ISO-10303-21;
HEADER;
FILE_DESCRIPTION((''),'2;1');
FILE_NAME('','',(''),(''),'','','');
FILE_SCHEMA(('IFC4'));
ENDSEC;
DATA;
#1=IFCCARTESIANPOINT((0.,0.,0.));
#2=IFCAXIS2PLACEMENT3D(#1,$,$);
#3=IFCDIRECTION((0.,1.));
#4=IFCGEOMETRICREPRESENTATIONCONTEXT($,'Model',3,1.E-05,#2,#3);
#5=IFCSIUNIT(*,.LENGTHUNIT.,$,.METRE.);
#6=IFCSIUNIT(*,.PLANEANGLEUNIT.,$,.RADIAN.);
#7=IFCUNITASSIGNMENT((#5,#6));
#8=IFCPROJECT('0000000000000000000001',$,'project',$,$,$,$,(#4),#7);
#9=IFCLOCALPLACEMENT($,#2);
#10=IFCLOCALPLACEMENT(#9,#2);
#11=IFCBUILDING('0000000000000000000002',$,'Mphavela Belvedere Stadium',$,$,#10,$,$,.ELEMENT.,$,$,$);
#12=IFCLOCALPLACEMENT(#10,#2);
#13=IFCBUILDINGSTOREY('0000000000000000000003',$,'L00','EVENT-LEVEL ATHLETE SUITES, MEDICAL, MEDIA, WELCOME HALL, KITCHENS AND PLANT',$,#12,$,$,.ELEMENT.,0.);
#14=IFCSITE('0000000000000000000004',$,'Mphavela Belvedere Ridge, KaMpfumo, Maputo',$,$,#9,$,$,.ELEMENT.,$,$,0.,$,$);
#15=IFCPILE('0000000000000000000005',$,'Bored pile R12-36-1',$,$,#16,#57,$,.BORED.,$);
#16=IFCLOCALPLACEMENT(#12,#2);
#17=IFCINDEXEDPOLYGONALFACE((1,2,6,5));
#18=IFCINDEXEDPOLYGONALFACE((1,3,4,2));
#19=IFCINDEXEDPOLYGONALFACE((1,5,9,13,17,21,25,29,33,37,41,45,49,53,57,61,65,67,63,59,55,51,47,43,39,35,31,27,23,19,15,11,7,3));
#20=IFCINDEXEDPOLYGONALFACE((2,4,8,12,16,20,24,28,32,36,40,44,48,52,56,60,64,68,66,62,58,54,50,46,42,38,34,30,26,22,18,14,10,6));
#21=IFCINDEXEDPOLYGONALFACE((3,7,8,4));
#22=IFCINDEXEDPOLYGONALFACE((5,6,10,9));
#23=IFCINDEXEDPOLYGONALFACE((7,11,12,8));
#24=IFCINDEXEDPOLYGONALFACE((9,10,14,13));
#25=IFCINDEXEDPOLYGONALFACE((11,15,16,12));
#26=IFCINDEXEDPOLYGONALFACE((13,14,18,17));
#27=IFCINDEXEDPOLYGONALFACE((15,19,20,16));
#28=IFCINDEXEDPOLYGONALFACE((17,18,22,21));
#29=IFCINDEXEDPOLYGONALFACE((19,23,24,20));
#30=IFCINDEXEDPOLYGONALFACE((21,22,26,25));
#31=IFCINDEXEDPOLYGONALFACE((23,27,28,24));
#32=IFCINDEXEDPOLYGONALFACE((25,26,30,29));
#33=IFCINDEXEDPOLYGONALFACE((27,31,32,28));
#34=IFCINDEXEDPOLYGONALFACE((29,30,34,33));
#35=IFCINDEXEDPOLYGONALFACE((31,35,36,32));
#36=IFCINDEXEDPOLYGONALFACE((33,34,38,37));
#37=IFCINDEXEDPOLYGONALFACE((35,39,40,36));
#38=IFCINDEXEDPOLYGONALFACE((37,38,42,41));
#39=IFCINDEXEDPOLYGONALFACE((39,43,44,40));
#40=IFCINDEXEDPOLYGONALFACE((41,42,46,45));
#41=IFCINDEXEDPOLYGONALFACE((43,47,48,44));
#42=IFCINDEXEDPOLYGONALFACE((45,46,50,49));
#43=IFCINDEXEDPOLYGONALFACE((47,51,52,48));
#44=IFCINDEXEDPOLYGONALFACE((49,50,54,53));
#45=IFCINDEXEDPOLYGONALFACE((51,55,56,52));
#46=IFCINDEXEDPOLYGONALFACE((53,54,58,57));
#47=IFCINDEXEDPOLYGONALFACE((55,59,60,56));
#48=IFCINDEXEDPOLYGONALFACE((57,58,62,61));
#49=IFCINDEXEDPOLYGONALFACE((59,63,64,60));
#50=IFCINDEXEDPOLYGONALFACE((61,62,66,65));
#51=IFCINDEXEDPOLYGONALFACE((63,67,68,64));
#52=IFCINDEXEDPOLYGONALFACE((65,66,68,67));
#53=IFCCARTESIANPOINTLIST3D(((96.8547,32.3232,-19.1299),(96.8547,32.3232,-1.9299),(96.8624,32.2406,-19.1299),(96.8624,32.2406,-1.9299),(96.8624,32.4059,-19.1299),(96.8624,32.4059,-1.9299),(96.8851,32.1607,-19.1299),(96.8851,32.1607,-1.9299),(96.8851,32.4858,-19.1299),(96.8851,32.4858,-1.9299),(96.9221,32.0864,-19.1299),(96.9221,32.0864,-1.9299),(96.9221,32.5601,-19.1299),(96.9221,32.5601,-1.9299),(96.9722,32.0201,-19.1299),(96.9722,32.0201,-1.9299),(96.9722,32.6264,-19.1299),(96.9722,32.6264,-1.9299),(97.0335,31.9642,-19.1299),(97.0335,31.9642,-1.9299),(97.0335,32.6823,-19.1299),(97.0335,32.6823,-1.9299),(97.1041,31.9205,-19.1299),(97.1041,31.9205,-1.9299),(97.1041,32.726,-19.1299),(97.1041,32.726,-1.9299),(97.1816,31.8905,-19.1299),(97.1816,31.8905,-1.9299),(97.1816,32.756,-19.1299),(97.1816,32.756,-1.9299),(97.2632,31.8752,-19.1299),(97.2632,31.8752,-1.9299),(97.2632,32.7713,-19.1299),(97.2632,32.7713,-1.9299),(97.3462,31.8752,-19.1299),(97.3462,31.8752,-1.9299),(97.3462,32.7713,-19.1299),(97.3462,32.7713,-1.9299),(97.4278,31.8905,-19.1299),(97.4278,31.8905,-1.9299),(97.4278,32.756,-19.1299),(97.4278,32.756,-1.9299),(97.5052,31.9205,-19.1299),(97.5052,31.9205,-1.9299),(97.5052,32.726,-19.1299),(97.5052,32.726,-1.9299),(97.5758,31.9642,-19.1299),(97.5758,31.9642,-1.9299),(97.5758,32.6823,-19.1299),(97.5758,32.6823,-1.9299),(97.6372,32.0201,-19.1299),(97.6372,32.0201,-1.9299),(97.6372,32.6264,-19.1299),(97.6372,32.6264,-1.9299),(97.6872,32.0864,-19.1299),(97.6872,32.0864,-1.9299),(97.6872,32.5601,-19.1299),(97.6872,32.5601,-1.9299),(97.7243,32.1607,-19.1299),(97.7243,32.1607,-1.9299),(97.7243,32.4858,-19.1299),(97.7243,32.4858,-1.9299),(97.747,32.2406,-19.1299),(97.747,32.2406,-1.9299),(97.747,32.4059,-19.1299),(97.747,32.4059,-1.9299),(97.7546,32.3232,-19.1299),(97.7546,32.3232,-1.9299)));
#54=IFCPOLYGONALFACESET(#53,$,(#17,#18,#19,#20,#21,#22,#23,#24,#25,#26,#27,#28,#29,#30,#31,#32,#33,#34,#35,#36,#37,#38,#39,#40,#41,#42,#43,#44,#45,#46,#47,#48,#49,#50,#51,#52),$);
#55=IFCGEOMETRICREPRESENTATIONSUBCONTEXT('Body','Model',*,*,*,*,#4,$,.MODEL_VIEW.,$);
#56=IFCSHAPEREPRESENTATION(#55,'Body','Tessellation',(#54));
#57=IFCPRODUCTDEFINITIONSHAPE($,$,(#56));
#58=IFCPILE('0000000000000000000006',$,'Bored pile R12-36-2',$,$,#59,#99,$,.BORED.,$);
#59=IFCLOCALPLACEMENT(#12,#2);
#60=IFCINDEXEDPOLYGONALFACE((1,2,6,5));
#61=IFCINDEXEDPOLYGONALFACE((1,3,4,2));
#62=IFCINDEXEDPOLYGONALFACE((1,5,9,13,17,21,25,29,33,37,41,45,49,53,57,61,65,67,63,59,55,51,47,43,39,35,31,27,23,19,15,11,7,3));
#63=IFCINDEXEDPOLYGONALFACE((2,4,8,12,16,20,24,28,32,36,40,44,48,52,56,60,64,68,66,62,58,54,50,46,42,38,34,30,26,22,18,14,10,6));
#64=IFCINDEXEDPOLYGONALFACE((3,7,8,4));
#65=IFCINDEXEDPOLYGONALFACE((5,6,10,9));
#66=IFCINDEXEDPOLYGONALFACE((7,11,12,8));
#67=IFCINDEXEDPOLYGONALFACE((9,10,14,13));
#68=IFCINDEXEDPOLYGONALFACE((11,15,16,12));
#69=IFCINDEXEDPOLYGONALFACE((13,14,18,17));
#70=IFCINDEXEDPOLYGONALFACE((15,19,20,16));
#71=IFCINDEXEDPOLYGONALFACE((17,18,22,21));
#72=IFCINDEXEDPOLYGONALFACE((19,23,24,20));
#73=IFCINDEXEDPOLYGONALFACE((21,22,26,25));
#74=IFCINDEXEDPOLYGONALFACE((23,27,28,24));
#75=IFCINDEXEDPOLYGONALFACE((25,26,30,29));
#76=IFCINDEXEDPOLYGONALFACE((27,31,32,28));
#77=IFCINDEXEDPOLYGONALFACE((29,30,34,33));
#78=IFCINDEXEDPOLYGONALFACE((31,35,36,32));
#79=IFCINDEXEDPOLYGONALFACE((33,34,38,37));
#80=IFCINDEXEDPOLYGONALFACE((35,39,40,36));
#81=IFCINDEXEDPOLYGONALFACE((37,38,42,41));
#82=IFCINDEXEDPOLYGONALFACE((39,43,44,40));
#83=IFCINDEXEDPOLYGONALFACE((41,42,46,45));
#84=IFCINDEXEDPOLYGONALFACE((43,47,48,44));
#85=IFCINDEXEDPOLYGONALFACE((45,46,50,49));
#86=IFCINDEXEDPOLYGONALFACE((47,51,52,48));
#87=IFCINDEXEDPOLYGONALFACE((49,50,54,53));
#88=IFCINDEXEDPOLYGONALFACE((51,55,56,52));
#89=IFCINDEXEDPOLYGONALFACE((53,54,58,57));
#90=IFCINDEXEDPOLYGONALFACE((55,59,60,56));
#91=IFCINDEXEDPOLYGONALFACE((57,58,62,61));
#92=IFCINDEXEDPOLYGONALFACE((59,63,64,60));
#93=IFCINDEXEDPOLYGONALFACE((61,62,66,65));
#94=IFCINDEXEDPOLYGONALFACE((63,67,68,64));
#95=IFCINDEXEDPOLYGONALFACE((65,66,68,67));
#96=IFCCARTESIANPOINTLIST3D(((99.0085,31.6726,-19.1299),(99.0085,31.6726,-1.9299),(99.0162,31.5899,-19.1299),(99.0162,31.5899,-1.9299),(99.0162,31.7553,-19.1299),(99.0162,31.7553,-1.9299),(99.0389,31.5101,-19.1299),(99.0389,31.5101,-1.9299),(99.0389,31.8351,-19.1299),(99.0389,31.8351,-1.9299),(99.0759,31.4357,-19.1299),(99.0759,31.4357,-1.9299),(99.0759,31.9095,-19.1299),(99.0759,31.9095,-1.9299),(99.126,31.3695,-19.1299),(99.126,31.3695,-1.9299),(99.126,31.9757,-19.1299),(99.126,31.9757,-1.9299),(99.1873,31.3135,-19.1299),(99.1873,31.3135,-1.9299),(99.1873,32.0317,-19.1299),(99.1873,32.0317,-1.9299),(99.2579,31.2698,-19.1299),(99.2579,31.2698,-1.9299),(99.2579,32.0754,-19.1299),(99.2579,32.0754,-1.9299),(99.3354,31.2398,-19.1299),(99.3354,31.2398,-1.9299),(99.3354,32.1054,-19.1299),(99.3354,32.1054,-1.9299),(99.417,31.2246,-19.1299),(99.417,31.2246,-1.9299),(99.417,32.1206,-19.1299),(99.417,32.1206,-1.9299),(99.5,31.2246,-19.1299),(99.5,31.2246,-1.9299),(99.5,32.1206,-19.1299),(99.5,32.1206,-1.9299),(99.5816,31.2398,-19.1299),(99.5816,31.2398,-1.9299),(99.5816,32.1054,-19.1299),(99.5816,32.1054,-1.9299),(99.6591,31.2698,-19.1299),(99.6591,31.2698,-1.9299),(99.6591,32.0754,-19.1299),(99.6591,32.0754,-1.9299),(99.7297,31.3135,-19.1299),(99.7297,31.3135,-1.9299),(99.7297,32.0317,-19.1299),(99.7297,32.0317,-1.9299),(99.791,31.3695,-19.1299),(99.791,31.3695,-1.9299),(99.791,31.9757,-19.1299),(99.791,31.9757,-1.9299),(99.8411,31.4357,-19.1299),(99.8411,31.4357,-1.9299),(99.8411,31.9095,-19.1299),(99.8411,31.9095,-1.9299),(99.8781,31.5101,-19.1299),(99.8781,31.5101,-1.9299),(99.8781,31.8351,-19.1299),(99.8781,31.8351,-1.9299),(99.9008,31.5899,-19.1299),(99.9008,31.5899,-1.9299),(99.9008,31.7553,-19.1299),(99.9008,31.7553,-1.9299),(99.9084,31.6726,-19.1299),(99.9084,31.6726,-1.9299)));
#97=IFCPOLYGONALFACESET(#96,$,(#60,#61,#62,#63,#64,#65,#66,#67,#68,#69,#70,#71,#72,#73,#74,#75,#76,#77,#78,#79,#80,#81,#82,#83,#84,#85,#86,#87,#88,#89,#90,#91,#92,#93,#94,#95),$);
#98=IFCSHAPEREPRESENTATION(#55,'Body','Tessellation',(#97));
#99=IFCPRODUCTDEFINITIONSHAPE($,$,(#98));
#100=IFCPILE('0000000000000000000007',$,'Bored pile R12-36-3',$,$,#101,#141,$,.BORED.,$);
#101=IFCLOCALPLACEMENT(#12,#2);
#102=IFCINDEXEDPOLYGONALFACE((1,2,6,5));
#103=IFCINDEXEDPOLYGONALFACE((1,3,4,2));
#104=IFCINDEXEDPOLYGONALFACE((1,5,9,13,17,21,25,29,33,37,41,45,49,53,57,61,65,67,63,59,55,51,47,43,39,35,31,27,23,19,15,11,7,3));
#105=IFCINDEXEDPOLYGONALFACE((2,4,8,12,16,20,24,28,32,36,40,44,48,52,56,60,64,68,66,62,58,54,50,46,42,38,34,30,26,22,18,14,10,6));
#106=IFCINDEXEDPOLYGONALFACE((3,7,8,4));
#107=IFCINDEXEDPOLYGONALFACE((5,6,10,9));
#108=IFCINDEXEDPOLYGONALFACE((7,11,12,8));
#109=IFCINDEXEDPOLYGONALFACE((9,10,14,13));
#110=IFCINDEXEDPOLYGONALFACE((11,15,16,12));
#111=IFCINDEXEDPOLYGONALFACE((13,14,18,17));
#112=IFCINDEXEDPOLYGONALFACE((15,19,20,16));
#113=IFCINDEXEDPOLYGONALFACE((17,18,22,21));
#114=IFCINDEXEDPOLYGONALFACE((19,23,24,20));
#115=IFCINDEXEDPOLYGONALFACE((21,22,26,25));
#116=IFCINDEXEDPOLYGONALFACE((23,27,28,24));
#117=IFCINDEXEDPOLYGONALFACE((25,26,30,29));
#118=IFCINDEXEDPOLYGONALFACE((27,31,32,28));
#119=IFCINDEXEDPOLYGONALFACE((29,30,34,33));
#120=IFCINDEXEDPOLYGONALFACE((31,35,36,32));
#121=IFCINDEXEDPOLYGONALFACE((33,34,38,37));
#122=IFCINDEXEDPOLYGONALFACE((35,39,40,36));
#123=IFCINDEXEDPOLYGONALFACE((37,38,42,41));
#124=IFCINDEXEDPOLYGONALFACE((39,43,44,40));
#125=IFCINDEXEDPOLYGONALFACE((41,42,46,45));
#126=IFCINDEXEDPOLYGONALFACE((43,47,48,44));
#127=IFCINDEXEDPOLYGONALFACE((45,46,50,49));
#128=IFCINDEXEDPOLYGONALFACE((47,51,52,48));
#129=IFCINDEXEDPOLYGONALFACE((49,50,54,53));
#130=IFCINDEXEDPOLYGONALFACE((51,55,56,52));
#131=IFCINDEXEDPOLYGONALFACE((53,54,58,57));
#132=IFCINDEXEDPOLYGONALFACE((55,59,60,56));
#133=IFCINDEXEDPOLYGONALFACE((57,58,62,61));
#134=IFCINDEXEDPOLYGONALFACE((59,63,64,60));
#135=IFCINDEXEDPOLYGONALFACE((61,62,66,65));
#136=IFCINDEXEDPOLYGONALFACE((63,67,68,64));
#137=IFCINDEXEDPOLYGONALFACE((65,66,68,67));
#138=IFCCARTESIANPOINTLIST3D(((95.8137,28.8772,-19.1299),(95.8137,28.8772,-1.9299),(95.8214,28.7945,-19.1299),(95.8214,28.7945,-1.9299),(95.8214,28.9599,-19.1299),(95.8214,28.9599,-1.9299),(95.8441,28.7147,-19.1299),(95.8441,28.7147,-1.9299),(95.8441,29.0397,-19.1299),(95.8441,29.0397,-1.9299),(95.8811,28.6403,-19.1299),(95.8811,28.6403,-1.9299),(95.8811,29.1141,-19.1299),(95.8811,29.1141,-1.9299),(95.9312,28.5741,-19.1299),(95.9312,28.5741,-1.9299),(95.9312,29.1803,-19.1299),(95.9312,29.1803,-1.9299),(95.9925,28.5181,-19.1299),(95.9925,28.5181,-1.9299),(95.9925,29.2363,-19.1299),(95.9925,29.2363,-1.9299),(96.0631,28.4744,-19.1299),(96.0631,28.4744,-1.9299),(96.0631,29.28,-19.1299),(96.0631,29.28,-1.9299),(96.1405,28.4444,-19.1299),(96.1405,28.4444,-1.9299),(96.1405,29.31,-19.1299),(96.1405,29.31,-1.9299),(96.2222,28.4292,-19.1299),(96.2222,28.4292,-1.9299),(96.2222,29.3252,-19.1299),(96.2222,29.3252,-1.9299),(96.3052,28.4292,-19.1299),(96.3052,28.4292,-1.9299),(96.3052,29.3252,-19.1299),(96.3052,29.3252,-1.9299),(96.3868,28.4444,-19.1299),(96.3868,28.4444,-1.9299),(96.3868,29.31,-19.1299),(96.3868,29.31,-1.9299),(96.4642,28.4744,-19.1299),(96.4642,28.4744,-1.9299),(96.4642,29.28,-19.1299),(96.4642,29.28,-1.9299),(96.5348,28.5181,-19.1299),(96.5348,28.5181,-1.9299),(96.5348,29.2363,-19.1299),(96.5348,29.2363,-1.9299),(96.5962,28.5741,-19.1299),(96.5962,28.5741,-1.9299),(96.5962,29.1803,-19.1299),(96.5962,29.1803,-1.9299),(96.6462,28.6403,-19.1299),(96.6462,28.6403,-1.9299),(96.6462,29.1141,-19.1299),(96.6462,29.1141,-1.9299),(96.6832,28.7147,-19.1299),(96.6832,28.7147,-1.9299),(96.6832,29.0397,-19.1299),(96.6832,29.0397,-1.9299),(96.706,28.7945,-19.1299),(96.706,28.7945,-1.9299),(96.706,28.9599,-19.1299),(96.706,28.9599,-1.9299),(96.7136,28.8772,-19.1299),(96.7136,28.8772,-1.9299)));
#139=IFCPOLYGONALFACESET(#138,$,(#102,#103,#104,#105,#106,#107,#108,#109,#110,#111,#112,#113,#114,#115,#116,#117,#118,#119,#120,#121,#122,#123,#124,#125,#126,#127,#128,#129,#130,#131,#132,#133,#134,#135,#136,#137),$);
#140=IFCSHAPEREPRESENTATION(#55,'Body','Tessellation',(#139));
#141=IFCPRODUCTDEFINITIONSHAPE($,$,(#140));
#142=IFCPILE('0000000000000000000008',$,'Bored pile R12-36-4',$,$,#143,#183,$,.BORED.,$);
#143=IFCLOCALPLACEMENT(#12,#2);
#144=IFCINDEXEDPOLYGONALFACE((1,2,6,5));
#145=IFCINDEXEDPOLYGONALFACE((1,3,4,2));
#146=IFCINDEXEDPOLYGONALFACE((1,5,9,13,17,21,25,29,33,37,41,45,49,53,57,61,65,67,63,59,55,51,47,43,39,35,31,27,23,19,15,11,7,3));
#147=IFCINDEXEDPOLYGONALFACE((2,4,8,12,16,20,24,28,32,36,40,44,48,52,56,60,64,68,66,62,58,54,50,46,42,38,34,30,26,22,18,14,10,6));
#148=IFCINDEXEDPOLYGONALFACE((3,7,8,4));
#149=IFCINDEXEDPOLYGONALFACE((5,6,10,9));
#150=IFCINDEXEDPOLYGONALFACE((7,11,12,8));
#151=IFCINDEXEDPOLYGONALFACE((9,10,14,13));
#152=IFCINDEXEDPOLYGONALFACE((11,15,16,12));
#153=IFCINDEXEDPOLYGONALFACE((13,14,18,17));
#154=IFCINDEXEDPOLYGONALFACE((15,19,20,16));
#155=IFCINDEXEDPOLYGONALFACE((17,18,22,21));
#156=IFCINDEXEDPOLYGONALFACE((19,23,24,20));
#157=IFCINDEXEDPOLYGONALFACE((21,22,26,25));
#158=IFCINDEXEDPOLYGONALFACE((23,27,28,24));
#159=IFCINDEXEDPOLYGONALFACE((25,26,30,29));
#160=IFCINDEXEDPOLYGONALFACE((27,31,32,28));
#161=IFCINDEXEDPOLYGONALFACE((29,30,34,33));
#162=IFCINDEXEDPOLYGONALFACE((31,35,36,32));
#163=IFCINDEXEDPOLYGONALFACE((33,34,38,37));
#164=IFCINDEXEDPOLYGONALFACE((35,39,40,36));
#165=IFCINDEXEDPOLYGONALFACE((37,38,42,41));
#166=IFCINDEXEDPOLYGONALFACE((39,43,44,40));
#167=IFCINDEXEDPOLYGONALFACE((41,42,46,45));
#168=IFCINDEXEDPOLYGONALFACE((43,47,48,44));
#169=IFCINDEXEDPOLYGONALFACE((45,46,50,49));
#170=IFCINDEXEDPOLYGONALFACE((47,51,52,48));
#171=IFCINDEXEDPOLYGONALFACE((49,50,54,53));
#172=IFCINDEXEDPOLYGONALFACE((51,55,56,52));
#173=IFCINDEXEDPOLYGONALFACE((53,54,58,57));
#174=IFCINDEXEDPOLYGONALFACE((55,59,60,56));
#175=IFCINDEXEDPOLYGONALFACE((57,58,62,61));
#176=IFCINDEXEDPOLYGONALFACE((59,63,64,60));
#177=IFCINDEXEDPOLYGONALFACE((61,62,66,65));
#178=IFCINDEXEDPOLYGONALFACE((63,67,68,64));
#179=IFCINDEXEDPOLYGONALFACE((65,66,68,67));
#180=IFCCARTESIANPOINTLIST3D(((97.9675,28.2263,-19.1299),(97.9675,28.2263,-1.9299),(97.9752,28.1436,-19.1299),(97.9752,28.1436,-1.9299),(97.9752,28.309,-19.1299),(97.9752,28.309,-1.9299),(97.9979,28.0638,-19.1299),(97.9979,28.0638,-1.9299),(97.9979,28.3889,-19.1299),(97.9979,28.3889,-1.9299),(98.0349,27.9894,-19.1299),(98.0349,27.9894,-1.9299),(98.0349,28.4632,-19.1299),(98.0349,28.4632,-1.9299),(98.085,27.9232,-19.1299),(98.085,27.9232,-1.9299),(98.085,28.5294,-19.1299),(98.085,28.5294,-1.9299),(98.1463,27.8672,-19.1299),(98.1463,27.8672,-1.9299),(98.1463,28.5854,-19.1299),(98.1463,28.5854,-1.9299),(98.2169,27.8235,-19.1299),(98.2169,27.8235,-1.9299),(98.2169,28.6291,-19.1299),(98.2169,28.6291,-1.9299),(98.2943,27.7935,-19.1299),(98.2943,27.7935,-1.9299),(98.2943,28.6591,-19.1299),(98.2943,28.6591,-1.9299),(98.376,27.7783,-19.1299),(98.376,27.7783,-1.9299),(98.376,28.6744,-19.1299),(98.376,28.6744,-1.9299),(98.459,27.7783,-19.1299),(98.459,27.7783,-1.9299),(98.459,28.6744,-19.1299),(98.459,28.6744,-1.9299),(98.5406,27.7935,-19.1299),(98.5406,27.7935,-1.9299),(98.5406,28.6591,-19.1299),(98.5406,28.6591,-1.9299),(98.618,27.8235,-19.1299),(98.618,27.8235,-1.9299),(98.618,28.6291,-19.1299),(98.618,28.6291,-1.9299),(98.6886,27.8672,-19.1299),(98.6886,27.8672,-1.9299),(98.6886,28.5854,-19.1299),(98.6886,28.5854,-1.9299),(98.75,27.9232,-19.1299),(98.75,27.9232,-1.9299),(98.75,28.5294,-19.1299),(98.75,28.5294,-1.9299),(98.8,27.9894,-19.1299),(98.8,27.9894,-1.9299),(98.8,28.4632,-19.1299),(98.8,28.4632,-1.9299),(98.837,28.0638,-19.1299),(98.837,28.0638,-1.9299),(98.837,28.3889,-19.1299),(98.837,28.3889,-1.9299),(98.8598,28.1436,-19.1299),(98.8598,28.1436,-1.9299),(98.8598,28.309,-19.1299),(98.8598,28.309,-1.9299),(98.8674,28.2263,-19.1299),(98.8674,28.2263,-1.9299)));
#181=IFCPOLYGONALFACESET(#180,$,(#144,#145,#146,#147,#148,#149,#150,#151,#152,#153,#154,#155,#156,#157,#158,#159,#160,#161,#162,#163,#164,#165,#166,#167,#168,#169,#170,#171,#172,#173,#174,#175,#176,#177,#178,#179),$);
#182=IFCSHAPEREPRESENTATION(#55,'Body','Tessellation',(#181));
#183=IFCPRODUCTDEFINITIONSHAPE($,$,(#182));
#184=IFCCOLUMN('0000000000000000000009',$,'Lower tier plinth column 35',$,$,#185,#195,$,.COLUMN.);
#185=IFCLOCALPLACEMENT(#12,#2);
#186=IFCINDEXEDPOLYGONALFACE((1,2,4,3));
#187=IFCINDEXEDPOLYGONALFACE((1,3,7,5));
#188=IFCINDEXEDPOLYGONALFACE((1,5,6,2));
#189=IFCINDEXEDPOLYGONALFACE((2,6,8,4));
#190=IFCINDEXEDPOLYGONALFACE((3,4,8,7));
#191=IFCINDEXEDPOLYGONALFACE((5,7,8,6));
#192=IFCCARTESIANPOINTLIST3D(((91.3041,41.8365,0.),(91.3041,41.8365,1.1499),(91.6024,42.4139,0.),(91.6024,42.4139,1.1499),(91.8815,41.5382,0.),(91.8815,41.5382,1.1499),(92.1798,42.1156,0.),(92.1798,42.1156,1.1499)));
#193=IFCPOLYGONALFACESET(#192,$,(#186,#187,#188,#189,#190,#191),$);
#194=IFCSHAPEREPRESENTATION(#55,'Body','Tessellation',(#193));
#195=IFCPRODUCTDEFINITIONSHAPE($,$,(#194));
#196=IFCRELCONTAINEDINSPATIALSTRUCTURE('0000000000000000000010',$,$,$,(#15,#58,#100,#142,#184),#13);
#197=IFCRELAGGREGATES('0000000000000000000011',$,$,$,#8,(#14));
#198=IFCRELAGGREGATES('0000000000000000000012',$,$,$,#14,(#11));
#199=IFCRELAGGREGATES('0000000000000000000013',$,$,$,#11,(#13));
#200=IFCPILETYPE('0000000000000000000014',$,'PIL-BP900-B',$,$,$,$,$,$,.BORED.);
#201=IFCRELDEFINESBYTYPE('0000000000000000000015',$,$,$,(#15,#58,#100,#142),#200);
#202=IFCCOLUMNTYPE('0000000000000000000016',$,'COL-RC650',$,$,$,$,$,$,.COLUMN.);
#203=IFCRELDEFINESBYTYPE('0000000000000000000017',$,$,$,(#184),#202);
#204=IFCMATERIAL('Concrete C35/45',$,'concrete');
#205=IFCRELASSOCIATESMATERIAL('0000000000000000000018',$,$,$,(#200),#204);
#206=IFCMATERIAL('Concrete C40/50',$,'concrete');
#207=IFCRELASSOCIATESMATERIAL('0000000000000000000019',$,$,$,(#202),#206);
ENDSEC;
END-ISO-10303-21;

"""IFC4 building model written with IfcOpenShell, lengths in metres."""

from ifc_helpers import new_model, si_unit, direction, frame, origin, origin_2d, place, context, subcontext, project, spatial, rectangle, circle, extrude, material, material_profile, profile_set, type_object, element, save


model = new_model("IFC4")

# Units and contexts
model_context = context("Model", 3, precision=1e-05, world=origin(), true_north=direction((0.0, 1.0)))
body_context = subcontext(model_context, "Body", "Model", "MODEL_VIEW")
ifc_project = project(units=[si_unit("LENGTHUNIT", "METRE"), si_unit("PLANEANGLEUNIT", "RADIAN")], contexts=[model_context])

# Site, building, storey
site_placement = place(None, origin())
site = spatial("IfcSite", under=ifc_project, at=site_placement, Name="Mphavela Belvedere Ridge, KaMpfumo, Maputo", CompositionType="ELEMENT", RefElevation=0.0)
building_placement = place(site_placement, origin())
building = spatial("IfcBuilding", under=site, at=building_placement, Name="Mphavela Belvedere Stadium", CompositionType="ELEMENT")
storey_placement = place(building_placement, origin())
storey = spatial("IfcBuildingStorey", under=building, at=storey_placement, Name="L00", Description="EVENT-LEVEL ATHLETE SUITES, MEDICAL, MEDIA, WELCOME HALL, KITCHENS AND PLANT", CompositionType="ELEMENT", Elevation=0.0)

# Piles
ifc_material_1 = material(Name="Concrete C35/45", Category="concrete")
ifc_material_profile_1 = material_profile(ifc_material_1, circle(Radius=0.45, at=origin_2d()), Name="BP D900")
ifc_profile_set_1 = profile_set([ifc_material_profile_1], Name="Concrete C35/45")
pile_type_1 = type_object("IfcPileType", Name="PIL-BP900-B", PredefinedType="BORED", material=ifc_profile_set_1)
for number, where, z_axis, x_axis, name in (
    (1, (97.3047, 32.3232, -1.9299), (0.0, 0.0, -1.0), (1.0, 0.0, 0.0), "Bored pile R12-36-1"),
    (2, (99.4585, 31.6726, -1.9299), (0.0, 0.0, -1.0), (1.0, 0.0, 0.0), "Bored pile R12-36-2"),
    (3, (96.2637, 28.8772, -1.9299), (0.0, 0.0, -1.0), (1.0, 0.0, 0.0), "Bored pile R12-36-3"),
    (4, (98.4175, 28.2263, -1.9299), (0.0, 0.0, -1.0), (1.0, 0.0, 0.0), "Bored pile R12-36-4"),
):
    element("IfcPile", number, at=place(storey_placement, frame(where, z_axis=z_axis, x_axis=x_axis)), inside=storey, type_object=pile_type_1, Name=name, PredefinedType="BORED", context=body_context, shape_type="SweptSolid", body=[
        extrude(circle(Radius=0.45, at=origin_2d()), origin(), (0.0, 0.0, 1.0), 17.2),
    ])

# Column
ifc_material_2 = material(Name="Concrete C40/50", Category="concrete")
ifc_material_profile_2 = material_profile(ifc_material_2, rectangle(XDim=0.6499, YDim=0.6499, at=origin_2d()), Name="RC 650x650")
ifc_profile_set_2 = profile_set([ifc_material_profile_2], Name="Concrete C40/50")
column_type_1 = type_object("IfcColumnType", Name="COL-RC650", PredefinedType="COLUMN", material=ifc_profile_set_2)
column_placement = place(storey_placement, frame((91.7419, 41.9761, 0.0), z_axis=(0.0, 0.0, 1.0), x_axis=(-0.45896, -0.888457, 0.0)))
element("IfcColumn", 5, at=column_placement, inside=storey, type_object=column_type_1, Name="Lower tier plinth column 35", PredefinedType="COLUMN", context=body_context, shape_type="SweptSolid", body=[
    extrude(rectangle(XDim=0.6499, YDim=0.6499, at=origin_2d()), origin(), (0.0, 0.0, 1.0), 1.1499),
])

save(model, "model.ifc")
